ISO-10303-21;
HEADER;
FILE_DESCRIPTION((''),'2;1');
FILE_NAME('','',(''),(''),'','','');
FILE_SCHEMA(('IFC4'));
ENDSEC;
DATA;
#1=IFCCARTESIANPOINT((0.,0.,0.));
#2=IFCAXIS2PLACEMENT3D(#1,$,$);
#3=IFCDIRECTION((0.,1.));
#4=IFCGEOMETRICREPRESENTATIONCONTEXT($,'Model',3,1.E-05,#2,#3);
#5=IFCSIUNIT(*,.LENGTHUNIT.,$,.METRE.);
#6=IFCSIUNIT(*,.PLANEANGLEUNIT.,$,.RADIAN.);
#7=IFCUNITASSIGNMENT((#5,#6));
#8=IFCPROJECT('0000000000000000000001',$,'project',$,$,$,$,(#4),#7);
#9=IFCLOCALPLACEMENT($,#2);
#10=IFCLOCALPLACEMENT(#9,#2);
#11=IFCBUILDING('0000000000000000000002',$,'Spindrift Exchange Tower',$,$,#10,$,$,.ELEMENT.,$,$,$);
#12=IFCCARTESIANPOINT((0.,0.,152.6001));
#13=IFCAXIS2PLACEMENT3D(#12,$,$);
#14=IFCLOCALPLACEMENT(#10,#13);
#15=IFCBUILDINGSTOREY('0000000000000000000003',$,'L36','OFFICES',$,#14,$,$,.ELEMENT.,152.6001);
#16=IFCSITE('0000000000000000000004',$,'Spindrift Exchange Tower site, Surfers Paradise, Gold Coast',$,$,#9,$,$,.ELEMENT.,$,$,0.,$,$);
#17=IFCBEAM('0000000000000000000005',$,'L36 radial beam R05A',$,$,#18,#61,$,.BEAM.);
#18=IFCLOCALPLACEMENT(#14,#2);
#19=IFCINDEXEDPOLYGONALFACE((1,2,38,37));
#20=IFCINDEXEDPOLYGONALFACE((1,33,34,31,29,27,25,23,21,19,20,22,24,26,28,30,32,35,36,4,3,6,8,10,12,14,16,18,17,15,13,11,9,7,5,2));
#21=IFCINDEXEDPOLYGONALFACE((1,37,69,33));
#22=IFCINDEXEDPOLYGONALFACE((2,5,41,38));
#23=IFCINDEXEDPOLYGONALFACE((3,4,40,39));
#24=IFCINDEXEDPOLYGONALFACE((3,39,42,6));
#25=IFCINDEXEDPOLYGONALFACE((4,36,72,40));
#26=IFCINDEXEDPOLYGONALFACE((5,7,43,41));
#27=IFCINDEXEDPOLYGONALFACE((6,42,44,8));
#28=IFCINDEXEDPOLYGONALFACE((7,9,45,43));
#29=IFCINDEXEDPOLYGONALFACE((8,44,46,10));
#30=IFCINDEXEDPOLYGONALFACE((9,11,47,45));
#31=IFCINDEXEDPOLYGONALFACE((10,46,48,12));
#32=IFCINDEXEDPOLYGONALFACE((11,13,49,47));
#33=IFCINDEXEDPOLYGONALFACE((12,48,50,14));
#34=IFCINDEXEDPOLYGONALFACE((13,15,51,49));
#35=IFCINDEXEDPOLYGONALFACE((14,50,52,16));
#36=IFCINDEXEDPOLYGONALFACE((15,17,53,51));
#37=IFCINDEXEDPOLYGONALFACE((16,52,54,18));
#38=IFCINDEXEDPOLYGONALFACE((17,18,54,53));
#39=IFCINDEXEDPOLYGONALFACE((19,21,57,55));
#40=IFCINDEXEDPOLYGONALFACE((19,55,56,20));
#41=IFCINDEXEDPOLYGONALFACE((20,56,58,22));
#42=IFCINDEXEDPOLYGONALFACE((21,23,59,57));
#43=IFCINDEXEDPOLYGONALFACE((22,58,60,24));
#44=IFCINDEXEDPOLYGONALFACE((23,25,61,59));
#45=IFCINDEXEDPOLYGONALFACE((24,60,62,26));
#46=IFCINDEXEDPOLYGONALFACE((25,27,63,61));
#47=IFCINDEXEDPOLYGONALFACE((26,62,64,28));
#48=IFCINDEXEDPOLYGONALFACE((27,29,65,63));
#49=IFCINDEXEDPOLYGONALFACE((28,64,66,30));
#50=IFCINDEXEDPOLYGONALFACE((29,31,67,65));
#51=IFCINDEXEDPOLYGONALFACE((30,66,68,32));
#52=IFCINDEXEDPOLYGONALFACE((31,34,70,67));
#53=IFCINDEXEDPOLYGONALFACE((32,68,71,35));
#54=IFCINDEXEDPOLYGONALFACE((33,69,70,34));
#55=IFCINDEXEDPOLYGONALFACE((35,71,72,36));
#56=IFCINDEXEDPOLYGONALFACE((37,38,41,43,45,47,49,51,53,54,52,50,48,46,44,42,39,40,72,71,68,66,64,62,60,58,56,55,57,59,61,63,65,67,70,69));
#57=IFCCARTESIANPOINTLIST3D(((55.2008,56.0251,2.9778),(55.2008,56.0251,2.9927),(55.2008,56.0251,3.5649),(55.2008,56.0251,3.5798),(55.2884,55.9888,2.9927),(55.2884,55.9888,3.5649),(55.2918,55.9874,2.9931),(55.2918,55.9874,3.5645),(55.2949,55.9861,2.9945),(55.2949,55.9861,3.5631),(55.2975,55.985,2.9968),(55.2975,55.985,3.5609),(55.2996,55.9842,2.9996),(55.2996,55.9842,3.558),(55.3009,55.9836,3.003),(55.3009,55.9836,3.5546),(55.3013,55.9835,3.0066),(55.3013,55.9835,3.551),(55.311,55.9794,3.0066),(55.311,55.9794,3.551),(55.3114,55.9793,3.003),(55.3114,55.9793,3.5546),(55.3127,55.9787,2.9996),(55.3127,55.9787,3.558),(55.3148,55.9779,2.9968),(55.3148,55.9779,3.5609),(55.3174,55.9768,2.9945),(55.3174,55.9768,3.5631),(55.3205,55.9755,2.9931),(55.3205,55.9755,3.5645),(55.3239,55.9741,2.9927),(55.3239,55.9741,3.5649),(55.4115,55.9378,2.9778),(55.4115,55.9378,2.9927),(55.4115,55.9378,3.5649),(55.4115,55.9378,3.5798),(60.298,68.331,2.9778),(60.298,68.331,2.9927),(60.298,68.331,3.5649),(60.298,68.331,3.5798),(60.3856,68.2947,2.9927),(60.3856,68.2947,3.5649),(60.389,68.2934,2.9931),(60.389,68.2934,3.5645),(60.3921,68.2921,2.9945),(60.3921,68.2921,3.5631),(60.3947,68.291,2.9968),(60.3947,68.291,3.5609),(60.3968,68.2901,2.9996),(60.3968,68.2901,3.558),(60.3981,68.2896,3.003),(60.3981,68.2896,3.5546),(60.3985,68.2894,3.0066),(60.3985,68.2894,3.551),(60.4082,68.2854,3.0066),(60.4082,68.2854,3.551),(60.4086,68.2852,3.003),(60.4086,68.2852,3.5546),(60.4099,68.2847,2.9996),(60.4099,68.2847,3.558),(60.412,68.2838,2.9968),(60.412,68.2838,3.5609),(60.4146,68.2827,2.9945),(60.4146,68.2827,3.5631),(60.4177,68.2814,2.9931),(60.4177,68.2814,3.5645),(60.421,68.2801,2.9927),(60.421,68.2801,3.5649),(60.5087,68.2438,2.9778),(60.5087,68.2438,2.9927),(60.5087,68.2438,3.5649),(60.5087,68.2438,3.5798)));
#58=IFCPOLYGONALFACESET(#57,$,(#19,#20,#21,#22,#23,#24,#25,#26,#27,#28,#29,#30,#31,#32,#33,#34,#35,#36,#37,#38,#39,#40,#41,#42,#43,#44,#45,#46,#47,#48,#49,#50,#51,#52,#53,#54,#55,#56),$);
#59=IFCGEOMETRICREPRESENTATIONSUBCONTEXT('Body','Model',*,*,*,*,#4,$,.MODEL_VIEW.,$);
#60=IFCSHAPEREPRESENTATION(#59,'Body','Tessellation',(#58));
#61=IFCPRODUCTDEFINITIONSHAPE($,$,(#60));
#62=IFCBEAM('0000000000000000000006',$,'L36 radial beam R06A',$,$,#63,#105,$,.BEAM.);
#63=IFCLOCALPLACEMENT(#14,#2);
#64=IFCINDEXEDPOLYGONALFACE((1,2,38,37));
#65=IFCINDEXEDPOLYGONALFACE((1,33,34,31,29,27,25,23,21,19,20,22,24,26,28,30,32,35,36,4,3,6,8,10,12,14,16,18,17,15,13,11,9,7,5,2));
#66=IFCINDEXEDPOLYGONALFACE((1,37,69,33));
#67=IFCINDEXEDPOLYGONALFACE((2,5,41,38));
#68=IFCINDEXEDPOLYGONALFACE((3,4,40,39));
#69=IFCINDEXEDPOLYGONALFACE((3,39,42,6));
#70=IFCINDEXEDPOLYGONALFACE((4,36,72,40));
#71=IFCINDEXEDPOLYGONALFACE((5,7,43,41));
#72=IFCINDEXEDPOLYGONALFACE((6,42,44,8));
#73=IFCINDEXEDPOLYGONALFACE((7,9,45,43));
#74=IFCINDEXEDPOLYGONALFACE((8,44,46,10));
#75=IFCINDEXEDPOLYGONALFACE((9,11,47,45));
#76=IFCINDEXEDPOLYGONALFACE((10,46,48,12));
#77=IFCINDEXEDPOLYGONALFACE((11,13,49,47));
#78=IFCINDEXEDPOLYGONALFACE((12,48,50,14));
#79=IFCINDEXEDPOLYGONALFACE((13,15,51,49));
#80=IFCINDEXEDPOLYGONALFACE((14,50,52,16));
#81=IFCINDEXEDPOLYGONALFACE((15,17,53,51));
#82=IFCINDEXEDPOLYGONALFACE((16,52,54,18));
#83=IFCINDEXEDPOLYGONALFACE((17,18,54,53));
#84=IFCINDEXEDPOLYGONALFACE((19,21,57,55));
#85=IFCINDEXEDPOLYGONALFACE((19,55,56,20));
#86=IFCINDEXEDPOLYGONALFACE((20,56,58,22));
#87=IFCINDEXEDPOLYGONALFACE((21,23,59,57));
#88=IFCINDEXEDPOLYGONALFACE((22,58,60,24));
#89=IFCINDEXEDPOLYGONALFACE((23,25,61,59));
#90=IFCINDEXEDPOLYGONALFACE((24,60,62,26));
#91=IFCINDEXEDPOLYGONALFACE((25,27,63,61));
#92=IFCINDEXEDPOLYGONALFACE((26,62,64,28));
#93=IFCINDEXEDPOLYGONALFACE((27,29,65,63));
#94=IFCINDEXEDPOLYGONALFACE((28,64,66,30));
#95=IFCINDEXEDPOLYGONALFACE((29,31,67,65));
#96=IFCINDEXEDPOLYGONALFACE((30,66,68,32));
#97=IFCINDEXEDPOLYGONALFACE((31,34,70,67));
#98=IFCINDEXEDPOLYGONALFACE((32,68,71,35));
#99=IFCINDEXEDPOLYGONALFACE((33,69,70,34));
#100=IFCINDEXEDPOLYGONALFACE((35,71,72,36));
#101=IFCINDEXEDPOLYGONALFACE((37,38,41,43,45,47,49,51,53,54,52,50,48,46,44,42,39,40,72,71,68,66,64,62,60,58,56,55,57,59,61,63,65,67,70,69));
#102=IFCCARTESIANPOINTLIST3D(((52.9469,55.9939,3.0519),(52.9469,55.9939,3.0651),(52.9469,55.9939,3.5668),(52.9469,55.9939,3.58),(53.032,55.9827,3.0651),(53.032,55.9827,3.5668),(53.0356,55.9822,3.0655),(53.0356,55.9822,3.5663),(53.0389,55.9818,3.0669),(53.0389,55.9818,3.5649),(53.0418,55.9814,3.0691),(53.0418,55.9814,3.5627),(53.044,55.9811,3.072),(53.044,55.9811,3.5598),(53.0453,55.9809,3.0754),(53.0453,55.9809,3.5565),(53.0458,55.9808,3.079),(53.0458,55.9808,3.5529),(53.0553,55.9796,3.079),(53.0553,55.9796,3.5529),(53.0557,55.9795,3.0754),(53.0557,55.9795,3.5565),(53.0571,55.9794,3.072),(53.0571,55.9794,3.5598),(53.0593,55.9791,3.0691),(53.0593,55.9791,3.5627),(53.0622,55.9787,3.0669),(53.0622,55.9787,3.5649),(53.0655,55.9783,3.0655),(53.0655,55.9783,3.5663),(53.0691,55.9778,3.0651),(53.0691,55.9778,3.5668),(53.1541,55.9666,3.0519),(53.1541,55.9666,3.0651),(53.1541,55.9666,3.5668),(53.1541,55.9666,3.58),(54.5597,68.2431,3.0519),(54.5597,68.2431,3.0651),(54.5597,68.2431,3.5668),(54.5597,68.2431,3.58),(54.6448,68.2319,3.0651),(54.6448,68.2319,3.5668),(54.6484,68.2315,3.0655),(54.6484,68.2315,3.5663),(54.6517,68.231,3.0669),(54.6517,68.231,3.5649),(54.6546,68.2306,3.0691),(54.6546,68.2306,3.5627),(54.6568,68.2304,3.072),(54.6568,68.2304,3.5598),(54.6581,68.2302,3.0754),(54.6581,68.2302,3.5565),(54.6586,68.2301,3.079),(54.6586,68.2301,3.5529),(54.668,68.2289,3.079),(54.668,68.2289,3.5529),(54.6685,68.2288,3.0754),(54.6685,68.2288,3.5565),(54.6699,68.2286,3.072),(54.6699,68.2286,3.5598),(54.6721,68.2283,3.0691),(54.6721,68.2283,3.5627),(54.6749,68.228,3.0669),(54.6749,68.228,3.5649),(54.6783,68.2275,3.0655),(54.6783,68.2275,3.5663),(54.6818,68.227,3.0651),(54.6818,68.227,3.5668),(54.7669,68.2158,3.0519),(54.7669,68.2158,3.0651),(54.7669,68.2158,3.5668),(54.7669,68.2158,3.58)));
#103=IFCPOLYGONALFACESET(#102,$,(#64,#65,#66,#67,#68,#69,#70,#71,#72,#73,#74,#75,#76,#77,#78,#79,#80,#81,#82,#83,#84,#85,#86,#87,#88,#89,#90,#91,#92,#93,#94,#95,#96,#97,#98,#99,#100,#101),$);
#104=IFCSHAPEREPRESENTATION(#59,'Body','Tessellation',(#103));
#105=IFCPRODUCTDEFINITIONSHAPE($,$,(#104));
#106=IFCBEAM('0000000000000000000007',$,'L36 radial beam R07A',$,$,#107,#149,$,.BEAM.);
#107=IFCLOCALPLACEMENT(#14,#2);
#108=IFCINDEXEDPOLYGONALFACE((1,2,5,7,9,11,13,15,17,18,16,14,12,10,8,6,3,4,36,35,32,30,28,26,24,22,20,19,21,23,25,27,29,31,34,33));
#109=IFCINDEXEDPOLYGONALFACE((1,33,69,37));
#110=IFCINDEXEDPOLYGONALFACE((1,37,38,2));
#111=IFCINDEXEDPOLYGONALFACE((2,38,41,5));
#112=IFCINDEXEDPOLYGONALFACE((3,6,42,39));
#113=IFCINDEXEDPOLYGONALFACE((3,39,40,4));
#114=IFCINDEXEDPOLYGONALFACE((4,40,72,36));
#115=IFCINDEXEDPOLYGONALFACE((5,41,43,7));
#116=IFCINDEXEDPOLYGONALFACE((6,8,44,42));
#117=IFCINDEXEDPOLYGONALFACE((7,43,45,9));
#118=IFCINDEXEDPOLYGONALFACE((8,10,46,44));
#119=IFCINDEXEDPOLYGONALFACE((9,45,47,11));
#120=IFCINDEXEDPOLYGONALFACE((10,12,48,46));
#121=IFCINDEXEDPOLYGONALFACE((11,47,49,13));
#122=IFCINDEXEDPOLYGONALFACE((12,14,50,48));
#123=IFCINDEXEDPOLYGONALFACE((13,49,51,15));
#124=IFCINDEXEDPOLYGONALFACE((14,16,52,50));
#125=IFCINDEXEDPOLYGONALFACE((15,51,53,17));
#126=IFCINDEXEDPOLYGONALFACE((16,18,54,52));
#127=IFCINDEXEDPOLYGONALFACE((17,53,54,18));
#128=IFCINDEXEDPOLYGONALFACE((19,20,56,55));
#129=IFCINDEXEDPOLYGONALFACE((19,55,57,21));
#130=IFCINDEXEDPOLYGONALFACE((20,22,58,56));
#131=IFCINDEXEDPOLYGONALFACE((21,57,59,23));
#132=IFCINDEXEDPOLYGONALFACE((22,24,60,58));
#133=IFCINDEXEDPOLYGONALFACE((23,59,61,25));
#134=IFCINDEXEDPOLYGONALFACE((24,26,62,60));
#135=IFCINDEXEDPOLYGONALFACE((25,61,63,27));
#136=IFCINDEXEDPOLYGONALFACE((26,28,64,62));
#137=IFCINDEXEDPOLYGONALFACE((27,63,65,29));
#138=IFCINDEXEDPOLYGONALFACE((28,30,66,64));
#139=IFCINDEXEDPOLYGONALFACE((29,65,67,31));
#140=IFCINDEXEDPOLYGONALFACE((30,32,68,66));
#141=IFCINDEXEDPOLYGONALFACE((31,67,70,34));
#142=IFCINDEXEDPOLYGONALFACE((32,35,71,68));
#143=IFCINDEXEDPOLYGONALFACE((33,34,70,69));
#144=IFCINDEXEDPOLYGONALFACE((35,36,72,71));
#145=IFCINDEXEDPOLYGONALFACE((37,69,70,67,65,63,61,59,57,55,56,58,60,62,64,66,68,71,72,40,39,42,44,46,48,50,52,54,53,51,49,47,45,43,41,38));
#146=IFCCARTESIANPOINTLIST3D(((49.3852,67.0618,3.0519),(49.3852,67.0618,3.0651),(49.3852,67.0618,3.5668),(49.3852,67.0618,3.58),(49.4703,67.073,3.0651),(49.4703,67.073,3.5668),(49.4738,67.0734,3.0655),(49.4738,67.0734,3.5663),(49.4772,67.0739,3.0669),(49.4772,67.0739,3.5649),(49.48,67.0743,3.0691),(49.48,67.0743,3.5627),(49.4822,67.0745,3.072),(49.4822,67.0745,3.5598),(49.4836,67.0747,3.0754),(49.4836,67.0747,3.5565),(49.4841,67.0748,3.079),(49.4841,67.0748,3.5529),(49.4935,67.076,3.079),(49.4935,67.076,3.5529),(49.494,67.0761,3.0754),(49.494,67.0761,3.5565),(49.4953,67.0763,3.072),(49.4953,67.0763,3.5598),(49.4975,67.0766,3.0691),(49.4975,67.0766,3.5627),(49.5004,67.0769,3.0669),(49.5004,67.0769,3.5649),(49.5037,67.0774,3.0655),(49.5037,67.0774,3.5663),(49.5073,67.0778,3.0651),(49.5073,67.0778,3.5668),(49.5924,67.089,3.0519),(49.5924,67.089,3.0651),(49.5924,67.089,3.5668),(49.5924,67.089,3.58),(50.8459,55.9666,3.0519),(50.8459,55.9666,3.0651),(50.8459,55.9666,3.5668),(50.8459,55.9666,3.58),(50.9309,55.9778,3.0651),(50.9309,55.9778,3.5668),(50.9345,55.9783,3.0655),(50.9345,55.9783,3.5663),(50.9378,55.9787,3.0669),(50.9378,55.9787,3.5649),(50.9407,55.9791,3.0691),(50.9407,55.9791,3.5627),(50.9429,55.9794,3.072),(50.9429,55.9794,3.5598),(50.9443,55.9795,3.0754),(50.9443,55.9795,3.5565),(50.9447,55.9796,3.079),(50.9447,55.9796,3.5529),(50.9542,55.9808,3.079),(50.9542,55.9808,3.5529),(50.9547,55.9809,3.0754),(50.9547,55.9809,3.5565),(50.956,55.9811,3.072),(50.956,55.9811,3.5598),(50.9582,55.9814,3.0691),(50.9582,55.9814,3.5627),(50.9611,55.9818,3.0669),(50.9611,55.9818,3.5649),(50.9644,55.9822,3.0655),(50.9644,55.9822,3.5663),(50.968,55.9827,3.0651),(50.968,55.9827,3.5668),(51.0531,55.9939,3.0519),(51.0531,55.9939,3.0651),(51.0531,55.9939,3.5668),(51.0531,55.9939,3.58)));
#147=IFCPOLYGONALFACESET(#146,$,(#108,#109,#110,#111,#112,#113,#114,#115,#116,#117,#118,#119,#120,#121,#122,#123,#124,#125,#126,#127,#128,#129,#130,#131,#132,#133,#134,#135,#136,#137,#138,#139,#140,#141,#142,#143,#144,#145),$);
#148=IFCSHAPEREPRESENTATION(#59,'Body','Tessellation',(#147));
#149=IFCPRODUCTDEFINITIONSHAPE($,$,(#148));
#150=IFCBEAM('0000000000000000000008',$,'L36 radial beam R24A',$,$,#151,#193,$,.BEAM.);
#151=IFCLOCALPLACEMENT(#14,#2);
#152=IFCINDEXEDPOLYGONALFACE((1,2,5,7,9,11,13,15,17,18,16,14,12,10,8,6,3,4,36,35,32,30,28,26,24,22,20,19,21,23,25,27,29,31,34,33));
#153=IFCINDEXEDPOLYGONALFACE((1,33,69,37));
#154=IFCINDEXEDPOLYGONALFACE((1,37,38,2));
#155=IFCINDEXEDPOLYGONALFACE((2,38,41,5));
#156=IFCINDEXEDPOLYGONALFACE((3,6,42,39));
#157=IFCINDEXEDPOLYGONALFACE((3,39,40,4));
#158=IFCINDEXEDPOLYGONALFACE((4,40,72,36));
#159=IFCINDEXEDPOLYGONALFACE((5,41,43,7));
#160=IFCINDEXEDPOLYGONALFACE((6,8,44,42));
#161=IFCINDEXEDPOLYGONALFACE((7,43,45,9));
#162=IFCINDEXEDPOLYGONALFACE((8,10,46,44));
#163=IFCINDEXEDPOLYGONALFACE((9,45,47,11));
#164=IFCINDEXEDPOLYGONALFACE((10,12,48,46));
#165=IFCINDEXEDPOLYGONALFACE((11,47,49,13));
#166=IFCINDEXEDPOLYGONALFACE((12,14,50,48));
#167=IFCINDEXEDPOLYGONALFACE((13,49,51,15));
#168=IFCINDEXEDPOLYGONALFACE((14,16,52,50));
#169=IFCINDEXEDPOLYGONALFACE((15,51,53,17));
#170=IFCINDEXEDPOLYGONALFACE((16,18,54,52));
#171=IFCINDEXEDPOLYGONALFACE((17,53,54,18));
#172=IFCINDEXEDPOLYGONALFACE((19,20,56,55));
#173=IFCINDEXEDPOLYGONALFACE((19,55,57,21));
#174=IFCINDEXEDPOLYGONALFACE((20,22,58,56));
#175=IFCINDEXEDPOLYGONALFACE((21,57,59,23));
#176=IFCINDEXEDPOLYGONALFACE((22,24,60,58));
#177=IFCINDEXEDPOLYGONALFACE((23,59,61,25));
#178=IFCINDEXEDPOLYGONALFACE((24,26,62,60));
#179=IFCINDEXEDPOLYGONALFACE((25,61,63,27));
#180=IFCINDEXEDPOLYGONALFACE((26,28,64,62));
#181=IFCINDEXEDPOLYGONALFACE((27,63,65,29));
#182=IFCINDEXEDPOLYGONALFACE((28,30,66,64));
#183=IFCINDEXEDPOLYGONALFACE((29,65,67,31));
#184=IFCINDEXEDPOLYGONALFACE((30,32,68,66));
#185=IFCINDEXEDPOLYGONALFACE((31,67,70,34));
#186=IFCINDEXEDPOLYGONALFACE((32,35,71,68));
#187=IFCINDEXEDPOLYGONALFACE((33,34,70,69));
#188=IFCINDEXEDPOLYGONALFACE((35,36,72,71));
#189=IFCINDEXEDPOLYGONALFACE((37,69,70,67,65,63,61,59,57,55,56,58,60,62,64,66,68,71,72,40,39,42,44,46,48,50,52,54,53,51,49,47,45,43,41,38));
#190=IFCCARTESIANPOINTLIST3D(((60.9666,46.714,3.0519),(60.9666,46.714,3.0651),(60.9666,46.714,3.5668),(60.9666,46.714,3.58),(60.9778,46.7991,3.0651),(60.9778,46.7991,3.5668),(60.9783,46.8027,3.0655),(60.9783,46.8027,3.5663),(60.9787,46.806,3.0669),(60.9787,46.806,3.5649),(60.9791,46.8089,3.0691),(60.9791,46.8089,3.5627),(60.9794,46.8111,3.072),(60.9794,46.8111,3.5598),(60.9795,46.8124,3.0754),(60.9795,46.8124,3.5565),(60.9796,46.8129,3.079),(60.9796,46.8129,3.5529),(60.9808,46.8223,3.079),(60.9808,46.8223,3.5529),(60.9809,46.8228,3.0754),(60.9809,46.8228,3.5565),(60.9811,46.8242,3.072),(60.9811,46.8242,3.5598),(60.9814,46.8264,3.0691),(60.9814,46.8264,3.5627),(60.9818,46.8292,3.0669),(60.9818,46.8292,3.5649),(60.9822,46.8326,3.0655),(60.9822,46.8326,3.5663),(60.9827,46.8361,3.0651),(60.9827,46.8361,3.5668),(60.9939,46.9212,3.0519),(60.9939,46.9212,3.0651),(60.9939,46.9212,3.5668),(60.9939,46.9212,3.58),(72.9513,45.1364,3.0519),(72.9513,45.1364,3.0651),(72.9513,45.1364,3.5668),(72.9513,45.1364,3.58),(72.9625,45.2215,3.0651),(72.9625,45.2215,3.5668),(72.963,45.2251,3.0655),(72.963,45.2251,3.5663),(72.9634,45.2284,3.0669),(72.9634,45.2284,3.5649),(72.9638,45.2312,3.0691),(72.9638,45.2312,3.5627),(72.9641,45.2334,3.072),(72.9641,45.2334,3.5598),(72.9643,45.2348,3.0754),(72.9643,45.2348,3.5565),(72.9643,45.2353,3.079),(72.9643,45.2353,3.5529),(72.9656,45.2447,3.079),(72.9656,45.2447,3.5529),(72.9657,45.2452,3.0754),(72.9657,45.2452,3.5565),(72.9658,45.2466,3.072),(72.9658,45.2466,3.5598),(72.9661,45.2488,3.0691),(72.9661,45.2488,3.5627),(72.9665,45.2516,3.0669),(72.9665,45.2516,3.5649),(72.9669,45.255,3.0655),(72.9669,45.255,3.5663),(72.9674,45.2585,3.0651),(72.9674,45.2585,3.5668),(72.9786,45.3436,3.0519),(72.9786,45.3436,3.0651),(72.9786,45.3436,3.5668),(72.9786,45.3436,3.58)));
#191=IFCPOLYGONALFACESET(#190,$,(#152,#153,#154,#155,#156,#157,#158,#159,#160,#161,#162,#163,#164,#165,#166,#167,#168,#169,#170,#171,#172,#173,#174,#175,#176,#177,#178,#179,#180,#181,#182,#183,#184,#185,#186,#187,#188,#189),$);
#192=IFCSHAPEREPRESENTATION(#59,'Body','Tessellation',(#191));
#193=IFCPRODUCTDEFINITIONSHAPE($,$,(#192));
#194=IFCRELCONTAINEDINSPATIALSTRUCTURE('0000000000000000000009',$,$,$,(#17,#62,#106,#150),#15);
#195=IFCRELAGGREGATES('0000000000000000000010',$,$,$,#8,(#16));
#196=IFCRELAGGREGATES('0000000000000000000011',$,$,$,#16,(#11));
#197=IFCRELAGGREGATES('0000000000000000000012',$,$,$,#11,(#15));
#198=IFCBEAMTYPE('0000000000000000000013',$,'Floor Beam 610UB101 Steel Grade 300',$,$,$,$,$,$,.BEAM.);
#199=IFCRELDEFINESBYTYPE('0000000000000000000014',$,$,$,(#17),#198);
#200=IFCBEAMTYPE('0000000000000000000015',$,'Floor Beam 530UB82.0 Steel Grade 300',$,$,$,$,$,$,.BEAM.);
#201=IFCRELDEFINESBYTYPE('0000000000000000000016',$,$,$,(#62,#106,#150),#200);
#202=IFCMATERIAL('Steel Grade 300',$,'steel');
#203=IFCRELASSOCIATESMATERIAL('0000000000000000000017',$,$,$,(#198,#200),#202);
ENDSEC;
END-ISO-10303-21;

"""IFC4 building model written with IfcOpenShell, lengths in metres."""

from ifc_helpers import new_model, si_unit, direction, frame, origin, origin_2d, place, context, subcontext, project, spatial, i_section, extrude, source, transform, mapped, material, material_profile, profile_set, type_object, element, save


model = new_model("IFC4")

# Units and contexts
model_context = context("Model", 3, precision=1e-05, world=origin(), true_north=direction((0.0, 1.0)))
body_context = subcontext(model_context, "Body", "Model", "MODEL_VIEW")
ifc_project = project(units=[si_unit("LENGTHUNIT", "METRE"), si_unit("PLANEANGLEUNIT", "RADIAN")], contexts=[model_context])

# Site, building, storey
site_placement = place(None, origin())
site = spatial("IfcSite", under=ifc_project, at=site_placement, Name="Spindrift Exchange Tower site, Surfers Paradise, Gold Coast", CompositionType="ELEMENT", RefElevation=0.0)
building_placement = place(site_placement, origin())
building = spatial("IfcBuilding", under=site, at=building_placement, Name="Spindrift Exchange Tower", CompositionType="ELEMENT")
storey_placement = place(building_placement, frame((0.0, 0.0, 152.6001)))
storey = spatial("IfcBuildingStorey", under=building, at=storey_placement, Name="L36", Description="OFFICES", CompositionType="ELEMENT", Elevation=152.6001)

# Beams
ifc_material_1 = material(Name="Steel Grade 300", Category="steel")
ifc_material_profile_1 = material_profile(ifc_material_1, i_section(OverallWidth=0.228, OverallDepth=0.6021, WebThickness=0.0105, FlangeThickness=0.0149, FilletRadius=0.0139, at=origin_2d()), Name="610UB101")
ifc_profile_set_1 = profile_set([ifc_material_profile_1], Name="Steel Grade 300")
beam_type_1 = type_object("IfcBeamType", Name="Floor Beam 610UB101 Steel Grade 300", PredefinedType="BEAM", material=ifc_profile_set_1)
shared_shape_1 = source(origin(), body_context, "Body", "SweptSolid", [
    extrude(i_section(OverallWidth=0.228, OverallDepth=0.6021, WebThickness=0.0105, FlangeThickness=0.0149, FilletRadius=0.0139, at=origin_2d()), origin(), (0.0, 0.0, 1.0), 13.3198),
])
beam_1_placement = place(storey_placement, frame((55.3062, 55.9814, 3.2788), z_axis=(0.382677, 0.923882, 0.0), x_axis=(-0.923882, 0.382677, 0.0)))
element("IfcBeam", 1, at=beam_1_placement, inside=storey, type_object=beam_type_1, Name="L36 radial beam R05A", PredefinedType="BEAM", context=body_context, shape_type="MappedRepresentation", body=[
    mapped(shared_shape_1, transform((0.0, 0.0, 0.0), scale=1.0)),
])
ifc_material_profile_2 = material_profile(ifc_material_1, i_section(OverallWidth=0.209, OverallDepth=0.5281, WebThickness=0.0095, FlangeThickness=0.0132, FilletRadius=0.0139, at=origin_2d()), Name="530UB82.0")
ifc_profile_set_2 = profile_set([ifc_material_profile_2], Name="Steel Grade 300")
beam_type_2 = type_object("IfcBeamType", Name="Floor Beam 530UB82.0 Steel Grade 300", PredefinedType="BEAM", material=ifc_profile_set_2)
shared_shape_2 = source(origin(), body_context, "Body", "SweptSolid", [
    extrude(i_section(OverallWidth=0.209, OverallDepth=0.5281, WebThickness=0.0095, FlangeThickness=0.0132, FilletRadius=0.0139, at=origin_2d()), origin(), (0.0, 0.0, 1.0), 12.355),
])
beam_2_placement = place(storey_placement, frame((53.0505, 55.9802, 3.3159), z_axis=(0.130538, 0.991443, 0.0), x_axis=(-0.991443, 0.130538, 0.0)))
element("IfcBeam", 2, at=beam_2_placement, inside=storey, type_object=beam_type_2, Name="L36 radial beam R06A", PredefinedType="BEAM", context=body_context, shape_type="MappedRepresentation", body=[
    mapped(shared_shape_2, transform((0.0, 0.0, 0.0), scale=1.0)),
])
shared_shape_3 = source(origin(), body_context, "Body", "SweptSolid", [
    extrude(i_section(OverallWidth=0.209, OverallDepth=0.5281, WebThickness=0.0095, FlangeThickness=0.0132, FilletRadius=0.0139, at=origin_2d()), origin(), (0.0, 0.0, 1.0), 11.1909),
])
beam_3_placement = place(storey_placement, frame((50.9495, 55.9802, 3.3159), z_axis=(-0.130524, 0.991445, 0.0), x_axis=(-0.991445, -0.130524, 0.0)))
element("IfcBeam", 3, at=beam_3_placement, inside=storey, type_object=beam_type_2, Name="L36 radial beam R07A", PredefinedType="BEAM", context=body_context, shape_type="MappedRepresentation", body=[
    mapped(shared_shape_3, transform((0.0, 0.0, 0.0), scale=1.0)),
])
shared_shape_4 = source(origin(), body_context, "Body", "SweptSolid", [
    extrude(i_section(OverallWidth=0.209, OverallDepth=0.5281, WebThickness=0.0095, FlangeThickness=0.0132, FilletRadius=0.0139, at=origin_2d()), origin(), (0.0, 0.0, 1.0), 12.0881),
])
beam_4_placement = place(storey_placement, frame((60.9802, 46.8176, 3.3159), z_axis=(0.991447, -0.13051, 0.0), x_axis=(0.13051, 0.991447, 0.0)))
element("IfcBeam", 4, at=beam_4_placement, inside=storey, type_object=beam_type_2, Name="L36 radial beam R24A", PredefinedType="BEAM", context=body_context, shape_type="MappedRepresentation", body=[
    mapped(shared_shape_4, transform((0.0, 0.0, 0.0), scale=1.0)),
])

save(model, "model.ifc")
